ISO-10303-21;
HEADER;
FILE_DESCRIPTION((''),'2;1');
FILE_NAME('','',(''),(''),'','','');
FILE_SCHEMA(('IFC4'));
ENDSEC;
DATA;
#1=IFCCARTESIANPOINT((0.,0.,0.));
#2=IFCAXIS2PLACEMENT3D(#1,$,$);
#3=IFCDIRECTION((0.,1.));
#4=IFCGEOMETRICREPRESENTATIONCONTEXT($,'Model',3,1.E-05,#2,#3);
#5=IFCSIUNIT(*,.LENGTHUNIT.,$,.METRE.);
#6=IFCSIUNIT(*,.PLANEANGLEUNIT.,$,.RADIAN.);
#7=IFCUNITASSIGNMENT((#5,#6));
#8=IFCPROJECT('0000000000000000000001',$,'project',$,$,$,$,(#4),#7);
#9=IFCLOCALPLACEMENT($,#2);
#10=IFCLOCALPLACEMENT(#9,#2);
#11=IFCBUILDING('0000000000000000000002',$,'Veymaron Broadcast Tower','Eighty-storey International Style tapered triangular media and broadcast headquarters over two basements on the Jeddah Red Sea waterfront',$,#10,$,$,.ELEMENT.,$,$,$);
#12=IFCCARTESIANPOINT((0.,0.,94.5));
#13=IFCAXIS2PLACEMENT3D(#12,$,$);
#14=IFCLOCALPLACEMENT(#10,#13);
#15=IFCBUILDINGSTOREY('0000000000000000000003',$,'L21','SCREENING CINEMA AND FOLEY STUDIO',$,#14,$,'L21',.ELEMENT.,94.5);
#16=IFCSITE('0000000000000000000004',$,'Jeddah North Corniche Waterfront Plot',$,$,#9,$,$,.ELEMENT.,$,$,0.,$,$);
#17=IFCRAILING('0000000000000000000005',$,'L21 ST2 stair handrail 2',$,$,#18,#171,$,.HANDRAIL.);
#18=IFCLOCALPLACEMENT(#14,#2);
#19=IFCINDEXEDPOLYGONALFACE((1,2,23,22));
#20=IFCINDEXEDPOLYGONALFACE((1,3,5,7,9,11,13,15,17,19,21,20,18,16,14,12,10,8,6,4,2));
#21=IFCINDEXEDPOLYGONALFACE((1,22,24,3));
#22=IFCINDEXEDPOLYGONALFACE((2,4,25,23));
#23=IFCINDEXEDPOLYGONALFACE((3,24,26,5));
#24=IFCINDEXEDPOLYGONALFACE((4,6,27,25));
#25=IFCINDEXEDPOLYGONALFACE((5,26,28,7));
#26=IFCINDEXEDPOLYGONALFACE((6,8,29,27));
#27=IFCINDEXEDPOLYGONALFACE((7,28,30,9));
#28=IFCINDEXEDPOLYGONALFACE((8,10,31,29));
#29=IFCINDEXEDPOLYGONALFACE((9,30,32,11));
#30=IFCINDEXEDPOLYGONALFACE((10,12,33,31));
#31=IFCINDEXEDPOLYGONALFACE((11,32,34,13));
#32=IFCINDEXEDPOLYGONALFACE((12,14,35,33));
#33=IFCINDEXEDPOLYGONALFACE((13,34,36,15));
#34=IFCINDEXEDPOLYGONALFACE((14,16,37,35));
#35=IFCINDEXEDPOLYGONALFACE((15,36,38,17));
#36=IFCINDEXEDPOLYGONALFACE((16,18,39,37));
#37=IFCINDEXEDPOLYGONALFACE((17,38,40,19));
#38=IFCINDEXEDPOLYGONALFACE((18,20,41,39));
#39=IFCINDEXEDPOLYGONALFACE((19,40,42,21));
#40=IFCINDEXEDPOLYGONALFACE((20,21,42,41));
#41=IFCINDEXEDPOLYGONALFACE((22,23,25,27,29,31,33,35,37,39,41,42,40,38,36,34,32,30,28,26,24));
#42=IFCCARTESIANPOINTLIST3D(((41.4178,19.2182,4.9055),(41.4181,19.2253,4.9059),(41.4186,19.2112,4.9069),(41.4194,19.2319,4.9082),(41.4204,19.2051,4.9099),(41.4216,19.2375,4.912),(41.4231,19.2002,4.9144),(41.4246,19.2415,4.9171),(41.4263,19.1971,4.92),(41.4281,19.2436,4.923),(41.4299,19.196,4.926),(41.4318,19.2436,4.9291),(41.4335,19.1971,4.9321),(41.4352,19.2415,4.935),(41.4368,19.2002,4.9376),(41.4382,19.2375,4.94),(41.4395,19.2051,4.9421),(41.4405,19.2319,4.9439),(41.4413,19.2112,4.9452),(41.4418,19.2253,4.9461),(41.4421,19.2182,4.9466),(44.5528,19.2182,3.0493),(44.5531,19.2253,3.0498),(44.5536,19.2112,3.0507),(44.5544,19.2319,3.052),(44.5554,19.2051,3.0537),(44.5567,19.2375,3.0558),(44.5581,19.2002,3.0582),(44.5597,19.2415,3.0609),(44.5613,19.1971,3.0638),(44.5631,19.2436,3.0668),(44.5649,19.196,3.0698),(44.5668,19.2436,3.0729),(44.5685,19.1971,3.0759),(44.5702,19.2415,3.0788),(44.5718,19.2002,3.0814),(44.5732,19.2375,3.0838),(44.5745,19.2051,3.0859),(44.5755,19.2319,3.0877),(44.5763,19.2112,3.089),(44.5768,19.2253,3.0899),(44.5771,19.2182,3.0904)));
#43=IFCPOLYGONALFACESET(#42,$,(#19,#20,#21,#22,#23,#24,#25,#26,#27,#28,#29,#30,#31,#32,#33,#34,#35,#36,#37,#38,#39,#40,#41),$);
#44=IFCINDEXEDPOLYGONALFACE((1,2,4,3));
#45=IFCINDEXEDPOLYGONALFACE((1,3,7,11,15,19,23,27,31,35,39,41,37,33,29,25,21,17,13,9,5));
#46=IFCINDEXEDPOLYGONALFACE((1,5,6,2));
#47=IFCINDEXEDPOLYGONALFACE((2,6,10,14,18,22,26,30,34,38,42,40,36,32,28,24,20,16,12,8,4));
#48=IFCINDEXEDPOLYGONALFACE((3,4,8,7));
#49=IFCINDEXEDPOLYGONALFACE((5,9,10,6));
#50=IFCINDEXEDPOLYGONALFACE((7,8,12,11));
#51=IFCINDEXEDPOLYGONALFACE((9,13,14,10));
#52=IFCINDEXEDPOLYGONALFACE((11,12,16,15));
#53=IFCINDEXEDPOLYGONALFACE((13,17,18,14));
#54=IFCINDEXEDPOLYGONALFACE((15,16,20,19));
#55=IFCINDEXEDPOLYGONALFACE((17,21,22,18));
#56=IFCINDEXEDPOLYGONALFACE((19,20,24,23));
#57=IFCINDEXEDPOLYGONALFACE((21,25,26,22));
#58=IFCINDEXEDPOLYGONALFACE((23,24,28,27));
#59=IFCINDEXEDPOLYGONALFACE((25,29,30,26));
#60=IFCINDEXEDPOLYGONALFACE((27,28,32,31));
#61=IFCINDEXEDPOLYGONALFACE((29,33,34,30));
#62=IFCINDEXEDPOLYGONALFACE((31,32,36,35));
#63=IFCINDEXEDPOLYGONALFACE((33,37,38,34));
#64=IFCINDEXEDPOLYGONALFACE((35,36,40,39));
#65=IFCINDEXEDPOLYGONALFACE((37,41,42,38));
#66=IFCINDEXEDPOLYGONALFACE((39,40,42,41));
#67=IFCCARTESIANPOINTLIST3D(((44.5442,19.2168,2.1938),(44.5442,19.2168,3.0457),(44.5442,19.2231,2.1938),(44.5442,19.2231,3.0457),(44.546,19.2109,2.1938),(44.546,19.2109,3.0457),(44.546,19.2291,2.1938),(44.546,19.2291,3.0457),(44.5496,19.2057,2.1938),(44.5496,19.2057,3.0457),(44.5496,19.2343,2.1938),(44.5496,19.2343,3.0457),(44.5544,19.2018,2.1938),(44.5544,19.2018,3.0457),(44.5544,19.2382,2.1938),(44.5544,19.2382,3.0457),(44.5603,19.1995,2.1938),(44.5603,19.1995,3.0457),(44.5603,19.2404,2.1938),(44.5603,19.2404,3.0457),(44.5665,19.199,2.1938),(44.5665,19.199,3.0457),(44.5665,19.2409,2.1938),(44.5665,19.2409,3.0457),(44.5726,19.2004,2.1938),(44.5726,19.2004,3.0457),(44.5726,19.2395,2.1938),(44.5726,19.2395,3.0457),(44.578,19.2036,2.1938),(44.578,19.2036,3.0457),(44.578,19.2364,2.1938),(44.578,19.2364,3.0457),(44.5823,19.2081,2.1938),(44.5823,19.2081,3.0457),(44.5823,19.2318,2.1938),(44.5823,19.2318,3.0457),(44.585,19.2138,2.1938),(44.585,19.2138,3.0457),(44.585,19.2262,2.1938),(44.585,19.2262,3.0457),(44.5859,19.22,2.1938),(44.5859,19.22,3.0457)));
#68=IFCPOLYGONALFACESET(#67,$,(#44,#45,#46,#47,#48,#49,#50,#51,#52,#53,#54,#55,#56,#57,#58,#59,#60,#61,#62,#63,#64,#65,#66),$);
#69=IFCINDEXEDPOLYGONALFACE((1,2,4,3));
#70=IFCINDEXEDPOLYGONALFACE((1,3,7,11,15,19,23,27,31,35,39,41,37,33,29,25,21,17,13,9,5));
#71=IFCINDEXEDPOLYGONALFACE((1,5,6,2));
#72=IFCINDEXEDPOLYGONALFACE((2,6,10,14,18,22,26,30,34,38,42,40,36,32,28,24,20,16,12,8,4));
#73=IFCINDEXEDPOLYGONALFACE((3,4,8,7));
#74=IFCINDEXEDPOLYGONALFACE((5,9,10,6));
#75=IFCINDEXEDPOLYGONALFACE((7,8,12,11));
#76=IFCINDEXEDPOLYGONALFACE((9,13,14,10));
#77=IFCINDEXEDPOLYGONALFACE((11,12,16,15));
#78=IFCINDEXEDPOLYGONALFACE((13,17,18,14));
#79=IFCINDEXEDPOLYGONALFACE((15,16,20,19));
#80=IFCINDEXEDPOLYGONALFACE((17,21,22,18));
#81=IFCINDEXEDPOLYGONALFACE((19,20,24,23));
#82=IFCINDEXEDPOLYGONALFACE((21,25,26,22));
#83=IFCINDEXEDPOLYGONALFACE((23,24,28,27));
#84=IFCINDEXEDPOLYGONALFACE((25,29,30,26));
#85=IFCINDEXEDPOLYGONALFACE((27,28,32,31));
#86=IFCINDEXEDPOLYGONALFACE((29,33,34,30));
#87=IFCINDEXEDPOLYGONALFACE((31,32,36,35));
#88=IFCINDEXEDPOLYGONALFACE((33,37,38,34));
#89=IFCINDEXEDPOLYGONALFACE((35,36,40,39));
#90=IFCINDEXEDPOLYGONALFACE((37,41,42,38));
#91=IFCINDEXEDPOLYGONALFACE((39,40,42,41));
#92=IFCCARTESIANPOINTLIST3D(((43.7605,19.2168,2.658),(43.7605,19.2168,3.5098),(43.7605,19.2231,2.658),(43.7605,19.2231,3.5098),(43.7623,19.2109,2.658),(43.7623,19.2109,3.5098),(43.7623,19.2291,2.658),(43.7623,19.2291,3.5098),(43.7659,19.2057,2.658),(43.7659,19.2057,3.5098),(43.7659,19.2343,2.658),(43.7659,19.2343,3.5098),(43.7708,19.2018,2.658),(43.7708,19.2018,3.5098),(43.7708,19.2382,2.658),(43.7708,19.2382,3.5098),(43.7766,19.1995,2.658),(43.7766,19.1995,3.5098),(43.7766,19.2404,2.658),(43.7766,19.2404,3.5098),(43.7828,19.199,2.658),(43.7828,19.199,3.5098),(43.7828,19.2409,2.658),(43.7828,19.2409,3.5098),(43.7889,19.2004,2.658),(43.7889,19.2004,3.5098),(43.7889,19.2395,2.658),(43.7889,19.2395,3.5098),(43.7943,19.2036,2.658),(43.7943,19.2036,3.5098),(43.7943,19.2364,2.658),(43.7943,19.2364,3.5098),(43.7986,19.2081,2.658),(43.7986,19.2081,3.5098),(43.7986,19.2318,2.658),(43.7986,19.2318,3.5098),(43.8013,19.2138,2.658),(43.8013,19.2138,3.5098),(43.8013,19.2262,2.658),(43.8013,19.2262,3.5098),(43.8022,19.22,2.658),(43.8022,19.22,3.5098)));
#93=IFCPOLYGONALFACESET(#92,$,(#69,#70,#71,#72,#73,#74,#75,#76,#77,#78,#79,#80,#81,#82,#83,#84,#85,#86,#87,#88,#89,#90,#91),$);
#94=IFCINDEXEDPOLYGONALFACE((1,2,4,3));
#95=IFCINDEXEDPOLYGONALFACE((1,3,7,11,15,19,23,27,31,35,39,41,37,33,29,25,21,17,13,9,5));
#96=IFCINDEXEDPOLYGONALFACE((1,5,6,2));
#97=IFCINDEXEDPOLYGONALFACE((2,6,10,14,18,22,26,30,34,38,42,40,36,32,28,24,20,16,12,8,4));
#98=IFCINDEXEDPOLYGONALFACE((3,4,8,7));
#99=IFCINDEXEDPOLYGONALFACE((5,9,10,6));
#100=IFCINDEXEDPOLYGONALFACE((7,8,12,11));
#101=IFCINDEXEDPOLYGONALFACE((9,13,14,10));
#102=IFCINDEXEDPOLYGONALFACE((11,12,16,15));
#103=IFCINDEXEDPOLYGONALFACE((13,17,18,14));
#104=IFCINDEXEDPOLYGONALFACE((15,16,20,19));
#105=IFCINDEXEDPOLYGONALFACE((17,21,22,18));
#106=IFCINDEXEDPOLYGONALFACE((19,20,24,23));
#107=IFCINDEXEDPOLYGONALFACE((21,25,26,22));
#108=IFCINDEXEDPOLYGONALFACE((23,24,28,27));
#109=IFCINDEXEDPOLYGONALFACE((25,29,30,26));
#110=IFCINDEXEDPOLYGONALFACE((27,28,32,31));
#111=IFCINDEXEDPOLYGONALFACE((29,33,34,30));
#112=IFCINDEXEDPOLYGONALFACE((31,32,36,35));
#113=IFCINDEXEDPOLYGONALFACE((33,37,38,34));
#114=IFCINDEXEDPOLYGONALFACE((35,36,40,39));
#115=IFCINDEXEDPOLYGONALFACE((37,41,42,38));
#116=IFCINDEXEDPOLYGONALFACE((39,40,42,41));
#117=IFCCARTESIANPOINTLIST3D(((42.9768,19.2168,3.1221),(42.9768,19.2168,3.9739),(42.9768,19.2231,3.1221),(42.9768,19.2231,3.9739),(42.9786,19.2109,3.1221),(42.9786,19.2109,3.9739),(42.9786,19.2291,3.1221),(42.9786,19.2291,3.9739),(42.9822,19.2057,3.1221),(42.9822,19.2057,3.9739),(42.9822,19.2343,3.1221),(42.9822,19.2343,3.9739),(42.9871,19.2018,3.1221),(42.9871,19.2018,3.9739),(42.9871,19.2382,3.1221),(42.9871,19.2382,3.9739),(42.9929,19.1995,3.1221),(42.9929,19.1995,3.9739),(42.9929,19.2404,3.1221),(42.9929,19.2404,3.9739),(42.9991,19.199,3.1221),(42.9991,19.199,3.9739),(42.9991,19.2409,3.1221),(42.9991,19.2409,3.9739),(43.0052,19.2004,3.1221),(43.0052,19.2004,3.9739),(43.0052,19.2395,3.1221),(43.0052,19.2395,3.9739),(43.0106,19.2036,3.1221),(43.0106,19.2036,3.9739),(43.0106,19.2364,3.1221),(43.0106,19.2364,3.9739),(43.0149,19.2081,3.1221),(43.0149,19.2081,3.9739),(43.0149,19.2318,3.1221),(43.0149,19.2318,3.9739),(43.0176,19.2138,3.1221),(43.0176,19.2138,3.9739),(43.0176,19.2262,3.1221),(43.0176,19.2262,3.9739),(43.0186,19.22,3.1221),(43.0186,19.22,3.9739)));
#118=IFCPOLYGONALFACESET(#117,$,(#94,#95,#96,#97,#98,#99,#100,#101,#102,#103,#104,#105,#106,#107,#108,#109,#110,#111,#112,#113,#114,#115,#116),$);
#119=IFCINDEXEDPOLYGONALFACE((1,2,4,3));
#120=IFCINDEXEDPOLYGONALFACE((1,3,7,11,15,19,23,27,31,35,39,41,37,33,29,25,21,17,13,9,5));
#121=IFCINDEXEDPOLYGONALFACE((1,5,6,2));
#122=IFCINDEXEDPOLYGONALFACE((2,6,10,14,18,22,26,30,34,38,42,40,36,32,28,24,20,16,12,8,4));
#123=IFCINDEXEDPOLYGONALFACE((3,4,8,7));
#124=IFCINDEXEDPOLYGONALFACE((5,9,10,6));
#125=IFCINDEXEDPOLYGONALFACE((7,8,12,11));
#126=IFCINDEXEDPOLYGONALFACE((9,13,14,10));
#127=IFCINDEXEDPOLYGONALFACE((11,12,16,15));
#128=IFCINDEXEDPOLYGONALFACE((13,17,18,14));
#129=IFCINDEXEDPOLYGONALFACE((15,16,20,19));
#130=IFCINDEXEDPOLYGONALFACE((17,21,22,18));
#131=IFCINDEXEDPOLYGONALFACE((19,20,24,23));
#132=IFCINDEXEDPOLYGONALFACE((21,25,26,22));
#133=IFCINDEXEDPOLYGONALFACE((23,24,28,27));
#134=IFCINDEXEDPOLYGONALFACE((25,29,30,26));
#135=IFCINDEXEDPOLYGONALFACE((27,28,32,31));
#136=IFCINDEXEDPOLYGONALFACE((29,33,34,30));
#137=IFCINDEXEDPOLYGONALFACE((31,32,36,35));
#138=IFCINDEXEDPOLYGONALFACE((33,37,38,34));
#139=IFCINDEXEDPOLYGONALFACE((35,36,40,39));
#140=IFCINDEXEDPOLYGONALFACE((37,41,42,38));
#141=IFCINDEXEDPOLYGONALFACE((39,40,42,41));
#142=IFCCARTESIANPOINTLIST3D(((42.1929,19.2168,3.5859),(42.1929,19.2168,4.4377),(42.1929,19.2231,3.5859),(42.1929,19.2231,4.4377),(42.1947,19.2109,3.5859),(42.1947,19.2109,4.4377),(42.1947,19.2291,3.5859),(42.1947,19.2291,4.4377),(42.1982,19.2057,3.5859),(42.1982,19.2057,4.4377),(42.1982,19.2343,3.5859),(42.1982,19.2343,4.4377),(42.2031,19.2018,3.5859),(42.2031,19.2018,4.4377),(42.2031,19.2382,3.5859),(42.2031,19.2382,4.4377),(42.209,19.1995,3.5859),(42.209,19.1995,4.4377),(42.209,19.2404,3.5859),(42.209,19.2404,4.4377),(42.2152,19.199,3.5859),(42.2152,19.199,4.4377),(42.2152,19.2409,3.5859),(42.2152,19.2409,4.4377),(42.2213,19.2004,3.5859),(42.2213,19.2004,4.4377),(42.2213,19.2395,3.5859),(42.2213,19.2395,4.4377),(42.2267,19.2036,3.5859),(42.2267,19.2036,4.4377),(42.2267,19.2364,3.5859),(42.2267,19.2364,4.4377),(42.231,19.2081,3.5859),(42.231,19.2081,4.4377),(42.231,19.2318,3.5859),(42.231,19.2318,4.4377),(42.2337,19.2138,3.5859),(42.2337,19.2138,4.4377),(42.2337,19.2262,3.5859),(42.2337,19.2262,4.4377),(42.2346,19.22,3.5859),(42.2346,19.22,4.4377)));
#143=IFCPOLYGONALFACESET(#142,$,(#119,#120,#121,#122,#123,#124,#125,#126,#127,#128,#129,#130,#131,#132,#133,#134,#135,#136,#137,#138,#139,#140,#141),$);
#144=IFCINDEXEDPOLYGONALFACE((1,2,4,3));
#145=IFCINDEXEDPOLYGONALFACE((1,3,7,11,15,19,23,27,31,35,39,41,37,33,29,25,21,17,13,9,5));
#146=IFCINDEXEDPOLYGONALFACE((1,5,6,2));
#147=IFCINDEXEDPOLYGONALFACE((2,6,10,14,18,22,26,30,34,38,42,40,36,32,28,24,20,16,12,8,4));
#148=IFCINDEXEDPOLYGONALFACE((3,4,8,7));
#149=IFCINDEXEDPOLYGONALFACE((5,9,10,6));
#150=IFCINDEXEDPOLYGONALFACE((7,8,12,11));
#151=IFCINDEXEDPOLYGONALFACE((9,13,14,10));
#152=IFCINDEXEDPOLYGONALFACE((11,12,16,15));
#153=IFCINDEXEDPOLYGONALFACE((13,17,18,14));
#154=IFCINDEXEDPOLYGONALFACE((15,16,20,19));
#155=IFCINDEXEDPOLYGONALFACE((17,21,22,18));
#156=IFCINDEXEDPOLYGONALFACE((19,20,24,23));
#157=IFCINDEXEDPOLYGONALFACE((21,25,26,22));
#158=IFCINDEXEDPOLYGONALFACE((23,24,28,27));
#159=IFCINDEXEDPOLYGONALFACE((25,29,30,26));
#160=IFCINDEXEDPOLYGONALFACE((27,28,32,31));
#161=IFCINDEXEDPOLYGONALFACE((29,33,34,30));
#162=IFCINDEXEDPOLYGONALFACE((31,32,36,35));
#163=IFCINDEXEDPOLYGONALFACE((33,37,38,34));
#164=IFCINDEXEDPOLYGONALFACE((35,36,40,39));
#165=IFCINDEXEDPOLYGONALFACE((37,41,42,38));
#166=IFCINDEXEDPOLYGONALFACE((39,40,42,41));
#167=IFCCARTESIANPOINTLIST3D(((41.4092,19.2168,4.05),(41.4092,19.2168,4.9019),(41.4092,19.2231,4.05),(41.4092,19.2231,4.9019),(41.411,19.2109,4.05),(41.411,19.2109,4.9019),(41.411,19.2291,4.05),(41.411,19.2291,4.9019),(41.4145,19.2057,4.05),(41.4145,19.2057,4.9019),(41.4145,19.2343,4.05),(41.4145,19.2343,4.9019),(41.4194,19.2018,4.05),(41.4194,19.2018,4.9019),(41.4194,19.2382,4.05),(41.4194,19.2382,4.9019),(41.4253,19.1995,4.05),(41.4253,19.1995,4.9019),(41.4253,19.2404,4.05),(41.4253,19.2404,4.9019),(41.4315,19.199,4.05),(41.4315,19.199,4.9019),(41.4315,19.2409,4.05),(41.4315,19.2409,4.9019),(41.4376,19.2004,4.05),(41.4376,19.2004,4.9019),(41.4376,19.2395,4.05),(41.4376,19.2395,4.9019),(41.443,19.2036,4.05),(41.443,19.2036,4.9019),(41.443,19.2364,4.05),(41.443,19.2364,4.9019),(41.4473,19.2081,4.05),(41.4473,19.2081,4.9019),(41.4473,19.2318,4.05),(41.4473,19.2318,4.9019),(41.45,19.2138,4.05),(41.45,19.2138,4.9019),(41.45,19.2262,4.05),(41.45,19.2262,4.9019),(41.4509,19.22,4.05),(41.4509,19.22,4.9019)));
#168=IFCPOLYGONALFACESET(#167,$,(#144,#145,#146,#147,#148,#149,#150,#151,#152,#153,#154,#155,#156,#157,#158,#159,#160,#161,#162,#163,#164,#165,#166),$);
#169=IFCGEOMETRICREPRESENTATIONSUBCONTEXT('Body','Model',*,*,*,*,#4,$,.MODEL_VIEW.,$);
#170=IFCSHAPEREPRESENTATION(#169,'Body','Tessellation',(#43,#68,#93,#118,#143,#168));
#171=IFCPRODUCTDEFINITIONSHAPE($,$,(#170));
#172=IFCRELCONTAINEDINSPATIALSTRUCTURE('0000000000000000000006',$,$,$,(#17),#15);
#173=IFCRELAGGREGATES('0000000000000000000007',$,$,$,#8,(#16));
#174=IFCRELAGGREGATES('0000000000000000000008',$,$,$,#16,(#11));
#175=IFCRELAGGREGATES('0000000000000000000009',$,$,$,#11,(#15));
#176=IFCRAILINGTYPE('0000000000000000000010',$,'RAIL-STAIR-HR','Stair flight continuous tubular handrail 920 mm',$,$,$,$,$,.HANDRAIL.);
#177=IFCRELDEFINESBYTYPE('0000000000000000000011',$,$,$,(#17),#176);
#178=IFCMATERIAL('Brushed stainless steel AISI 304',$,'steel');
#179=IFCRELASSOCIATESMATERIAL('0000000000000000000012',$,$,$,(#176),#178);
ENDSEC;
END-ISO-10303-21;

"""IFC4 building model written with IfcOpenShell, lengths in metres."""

from ifc_helpers import new_model, si_unit, direction, frame, origin, origin_2d, place, context, subcontext, project, spatial, circle, extrude, material, type_object, element, save


model = new_model("IFC4")

# Units and contexts
model_context = context("Model", 3, precision=1e-05, world=origin(), true_north=direction((0.0, 1.0)))
body_context = subcontext(model_context, "Body", "Model", "MODEL_VIEW")
ifc_project = project(units=[si_unit("LENGTHUNIT", "METRE"), si_unit("PLANEANGLEUNIT", "RADIAN")], contexts=[model_context])

# Site, building, storey
site_placement = place(None, origin())
site = spatial("IfcSite", under=ifc_project, at=site_placement, Name="Jeddah North Corniche Waterfront Plot", CompositionType="ELEMENT", RefElevation=0.0)
building_placement = place(site_placement, origin())
building = spatial("IfcBuilding", under=site, at=building_placement, Name="Veymaron Broadcast Tower", Description="Eighty-storey International Style tapered triangular media and broadcast headquarters over two basements on the Jeddah Red Sea waterfront", CompositionType="ELEMENT")
storey_placement = place(building_placement, frame((0.0, 0.0, 94.5)))
storey = spatial("IfcBuildingStorey", under=building, at=storey_placement, Name="L21", Description="SCREENING CINEMA AND FOLEY STUDIO", LongName="L21", CompositionType="ELEMENT", Elevation=94.5)

# Shared definitions
ifc_material_1 = material(Name="Brushed stainless steel AISI 304", Category="steel")

# Railing
railing_type_1 = type_object("IfcRailingType", Name="RAIL-STAIR-HR", Description="Stair flight continuous tubular handrail 920 mm", PredefinedType="HANDRAIL", material=ifc_material_1)
railing_1_placement = place(storey_placement, frame((44.5649, 19.22, 2.1938)))
element("IfcRailing", 1, at=railing_1_placement, inside=storey, type_object=railing_type_1, Name="L21 ST2 stair handrail 2", PredefinedType="HANDRAIL", context=body_context, shape_type="SweptSolid", body=[
    extrude(circle(Radius=0.0239, at=origin_2d()), frame((0.0, 0.0, 0.876), z_axis=(-0.860482, 0.0, 0.509481), x_axis=(0.0, -1.0, 0.0)), (0.0, 0.0, 1.0), 3.6433),
    extrude(circle(Radius=0.021, at=origin_2d()), origin(), (0.0, 0.0, 1.0), 0.8518),
    extrude(circle(Radius=0.021, at=origin_2d()), frame((-0.7837, 0.0, 0.4641)), (0.0, 0.0, 1.0), 0.8518),
    extrude(circle(Radius=0.021, at=origin_2d()), frame((-1.5674, 0.0, 0.9282)), (0.0, 0.0, 1.0), 0.8518),
    extrude(circle(Radius=0.021, at=origin_2d()), frame((-2.3513, 0.0, 1.3921)), (0.0, 0.0, 1.0), 0.8518),
    extrude(circle(Radius=0.021, at=origin_2d()), frame((-3.135, 0.0, 1.8562)), (0.0, 0.0, 1.0), 0.8518),
])

save(model, "model.ifc")
